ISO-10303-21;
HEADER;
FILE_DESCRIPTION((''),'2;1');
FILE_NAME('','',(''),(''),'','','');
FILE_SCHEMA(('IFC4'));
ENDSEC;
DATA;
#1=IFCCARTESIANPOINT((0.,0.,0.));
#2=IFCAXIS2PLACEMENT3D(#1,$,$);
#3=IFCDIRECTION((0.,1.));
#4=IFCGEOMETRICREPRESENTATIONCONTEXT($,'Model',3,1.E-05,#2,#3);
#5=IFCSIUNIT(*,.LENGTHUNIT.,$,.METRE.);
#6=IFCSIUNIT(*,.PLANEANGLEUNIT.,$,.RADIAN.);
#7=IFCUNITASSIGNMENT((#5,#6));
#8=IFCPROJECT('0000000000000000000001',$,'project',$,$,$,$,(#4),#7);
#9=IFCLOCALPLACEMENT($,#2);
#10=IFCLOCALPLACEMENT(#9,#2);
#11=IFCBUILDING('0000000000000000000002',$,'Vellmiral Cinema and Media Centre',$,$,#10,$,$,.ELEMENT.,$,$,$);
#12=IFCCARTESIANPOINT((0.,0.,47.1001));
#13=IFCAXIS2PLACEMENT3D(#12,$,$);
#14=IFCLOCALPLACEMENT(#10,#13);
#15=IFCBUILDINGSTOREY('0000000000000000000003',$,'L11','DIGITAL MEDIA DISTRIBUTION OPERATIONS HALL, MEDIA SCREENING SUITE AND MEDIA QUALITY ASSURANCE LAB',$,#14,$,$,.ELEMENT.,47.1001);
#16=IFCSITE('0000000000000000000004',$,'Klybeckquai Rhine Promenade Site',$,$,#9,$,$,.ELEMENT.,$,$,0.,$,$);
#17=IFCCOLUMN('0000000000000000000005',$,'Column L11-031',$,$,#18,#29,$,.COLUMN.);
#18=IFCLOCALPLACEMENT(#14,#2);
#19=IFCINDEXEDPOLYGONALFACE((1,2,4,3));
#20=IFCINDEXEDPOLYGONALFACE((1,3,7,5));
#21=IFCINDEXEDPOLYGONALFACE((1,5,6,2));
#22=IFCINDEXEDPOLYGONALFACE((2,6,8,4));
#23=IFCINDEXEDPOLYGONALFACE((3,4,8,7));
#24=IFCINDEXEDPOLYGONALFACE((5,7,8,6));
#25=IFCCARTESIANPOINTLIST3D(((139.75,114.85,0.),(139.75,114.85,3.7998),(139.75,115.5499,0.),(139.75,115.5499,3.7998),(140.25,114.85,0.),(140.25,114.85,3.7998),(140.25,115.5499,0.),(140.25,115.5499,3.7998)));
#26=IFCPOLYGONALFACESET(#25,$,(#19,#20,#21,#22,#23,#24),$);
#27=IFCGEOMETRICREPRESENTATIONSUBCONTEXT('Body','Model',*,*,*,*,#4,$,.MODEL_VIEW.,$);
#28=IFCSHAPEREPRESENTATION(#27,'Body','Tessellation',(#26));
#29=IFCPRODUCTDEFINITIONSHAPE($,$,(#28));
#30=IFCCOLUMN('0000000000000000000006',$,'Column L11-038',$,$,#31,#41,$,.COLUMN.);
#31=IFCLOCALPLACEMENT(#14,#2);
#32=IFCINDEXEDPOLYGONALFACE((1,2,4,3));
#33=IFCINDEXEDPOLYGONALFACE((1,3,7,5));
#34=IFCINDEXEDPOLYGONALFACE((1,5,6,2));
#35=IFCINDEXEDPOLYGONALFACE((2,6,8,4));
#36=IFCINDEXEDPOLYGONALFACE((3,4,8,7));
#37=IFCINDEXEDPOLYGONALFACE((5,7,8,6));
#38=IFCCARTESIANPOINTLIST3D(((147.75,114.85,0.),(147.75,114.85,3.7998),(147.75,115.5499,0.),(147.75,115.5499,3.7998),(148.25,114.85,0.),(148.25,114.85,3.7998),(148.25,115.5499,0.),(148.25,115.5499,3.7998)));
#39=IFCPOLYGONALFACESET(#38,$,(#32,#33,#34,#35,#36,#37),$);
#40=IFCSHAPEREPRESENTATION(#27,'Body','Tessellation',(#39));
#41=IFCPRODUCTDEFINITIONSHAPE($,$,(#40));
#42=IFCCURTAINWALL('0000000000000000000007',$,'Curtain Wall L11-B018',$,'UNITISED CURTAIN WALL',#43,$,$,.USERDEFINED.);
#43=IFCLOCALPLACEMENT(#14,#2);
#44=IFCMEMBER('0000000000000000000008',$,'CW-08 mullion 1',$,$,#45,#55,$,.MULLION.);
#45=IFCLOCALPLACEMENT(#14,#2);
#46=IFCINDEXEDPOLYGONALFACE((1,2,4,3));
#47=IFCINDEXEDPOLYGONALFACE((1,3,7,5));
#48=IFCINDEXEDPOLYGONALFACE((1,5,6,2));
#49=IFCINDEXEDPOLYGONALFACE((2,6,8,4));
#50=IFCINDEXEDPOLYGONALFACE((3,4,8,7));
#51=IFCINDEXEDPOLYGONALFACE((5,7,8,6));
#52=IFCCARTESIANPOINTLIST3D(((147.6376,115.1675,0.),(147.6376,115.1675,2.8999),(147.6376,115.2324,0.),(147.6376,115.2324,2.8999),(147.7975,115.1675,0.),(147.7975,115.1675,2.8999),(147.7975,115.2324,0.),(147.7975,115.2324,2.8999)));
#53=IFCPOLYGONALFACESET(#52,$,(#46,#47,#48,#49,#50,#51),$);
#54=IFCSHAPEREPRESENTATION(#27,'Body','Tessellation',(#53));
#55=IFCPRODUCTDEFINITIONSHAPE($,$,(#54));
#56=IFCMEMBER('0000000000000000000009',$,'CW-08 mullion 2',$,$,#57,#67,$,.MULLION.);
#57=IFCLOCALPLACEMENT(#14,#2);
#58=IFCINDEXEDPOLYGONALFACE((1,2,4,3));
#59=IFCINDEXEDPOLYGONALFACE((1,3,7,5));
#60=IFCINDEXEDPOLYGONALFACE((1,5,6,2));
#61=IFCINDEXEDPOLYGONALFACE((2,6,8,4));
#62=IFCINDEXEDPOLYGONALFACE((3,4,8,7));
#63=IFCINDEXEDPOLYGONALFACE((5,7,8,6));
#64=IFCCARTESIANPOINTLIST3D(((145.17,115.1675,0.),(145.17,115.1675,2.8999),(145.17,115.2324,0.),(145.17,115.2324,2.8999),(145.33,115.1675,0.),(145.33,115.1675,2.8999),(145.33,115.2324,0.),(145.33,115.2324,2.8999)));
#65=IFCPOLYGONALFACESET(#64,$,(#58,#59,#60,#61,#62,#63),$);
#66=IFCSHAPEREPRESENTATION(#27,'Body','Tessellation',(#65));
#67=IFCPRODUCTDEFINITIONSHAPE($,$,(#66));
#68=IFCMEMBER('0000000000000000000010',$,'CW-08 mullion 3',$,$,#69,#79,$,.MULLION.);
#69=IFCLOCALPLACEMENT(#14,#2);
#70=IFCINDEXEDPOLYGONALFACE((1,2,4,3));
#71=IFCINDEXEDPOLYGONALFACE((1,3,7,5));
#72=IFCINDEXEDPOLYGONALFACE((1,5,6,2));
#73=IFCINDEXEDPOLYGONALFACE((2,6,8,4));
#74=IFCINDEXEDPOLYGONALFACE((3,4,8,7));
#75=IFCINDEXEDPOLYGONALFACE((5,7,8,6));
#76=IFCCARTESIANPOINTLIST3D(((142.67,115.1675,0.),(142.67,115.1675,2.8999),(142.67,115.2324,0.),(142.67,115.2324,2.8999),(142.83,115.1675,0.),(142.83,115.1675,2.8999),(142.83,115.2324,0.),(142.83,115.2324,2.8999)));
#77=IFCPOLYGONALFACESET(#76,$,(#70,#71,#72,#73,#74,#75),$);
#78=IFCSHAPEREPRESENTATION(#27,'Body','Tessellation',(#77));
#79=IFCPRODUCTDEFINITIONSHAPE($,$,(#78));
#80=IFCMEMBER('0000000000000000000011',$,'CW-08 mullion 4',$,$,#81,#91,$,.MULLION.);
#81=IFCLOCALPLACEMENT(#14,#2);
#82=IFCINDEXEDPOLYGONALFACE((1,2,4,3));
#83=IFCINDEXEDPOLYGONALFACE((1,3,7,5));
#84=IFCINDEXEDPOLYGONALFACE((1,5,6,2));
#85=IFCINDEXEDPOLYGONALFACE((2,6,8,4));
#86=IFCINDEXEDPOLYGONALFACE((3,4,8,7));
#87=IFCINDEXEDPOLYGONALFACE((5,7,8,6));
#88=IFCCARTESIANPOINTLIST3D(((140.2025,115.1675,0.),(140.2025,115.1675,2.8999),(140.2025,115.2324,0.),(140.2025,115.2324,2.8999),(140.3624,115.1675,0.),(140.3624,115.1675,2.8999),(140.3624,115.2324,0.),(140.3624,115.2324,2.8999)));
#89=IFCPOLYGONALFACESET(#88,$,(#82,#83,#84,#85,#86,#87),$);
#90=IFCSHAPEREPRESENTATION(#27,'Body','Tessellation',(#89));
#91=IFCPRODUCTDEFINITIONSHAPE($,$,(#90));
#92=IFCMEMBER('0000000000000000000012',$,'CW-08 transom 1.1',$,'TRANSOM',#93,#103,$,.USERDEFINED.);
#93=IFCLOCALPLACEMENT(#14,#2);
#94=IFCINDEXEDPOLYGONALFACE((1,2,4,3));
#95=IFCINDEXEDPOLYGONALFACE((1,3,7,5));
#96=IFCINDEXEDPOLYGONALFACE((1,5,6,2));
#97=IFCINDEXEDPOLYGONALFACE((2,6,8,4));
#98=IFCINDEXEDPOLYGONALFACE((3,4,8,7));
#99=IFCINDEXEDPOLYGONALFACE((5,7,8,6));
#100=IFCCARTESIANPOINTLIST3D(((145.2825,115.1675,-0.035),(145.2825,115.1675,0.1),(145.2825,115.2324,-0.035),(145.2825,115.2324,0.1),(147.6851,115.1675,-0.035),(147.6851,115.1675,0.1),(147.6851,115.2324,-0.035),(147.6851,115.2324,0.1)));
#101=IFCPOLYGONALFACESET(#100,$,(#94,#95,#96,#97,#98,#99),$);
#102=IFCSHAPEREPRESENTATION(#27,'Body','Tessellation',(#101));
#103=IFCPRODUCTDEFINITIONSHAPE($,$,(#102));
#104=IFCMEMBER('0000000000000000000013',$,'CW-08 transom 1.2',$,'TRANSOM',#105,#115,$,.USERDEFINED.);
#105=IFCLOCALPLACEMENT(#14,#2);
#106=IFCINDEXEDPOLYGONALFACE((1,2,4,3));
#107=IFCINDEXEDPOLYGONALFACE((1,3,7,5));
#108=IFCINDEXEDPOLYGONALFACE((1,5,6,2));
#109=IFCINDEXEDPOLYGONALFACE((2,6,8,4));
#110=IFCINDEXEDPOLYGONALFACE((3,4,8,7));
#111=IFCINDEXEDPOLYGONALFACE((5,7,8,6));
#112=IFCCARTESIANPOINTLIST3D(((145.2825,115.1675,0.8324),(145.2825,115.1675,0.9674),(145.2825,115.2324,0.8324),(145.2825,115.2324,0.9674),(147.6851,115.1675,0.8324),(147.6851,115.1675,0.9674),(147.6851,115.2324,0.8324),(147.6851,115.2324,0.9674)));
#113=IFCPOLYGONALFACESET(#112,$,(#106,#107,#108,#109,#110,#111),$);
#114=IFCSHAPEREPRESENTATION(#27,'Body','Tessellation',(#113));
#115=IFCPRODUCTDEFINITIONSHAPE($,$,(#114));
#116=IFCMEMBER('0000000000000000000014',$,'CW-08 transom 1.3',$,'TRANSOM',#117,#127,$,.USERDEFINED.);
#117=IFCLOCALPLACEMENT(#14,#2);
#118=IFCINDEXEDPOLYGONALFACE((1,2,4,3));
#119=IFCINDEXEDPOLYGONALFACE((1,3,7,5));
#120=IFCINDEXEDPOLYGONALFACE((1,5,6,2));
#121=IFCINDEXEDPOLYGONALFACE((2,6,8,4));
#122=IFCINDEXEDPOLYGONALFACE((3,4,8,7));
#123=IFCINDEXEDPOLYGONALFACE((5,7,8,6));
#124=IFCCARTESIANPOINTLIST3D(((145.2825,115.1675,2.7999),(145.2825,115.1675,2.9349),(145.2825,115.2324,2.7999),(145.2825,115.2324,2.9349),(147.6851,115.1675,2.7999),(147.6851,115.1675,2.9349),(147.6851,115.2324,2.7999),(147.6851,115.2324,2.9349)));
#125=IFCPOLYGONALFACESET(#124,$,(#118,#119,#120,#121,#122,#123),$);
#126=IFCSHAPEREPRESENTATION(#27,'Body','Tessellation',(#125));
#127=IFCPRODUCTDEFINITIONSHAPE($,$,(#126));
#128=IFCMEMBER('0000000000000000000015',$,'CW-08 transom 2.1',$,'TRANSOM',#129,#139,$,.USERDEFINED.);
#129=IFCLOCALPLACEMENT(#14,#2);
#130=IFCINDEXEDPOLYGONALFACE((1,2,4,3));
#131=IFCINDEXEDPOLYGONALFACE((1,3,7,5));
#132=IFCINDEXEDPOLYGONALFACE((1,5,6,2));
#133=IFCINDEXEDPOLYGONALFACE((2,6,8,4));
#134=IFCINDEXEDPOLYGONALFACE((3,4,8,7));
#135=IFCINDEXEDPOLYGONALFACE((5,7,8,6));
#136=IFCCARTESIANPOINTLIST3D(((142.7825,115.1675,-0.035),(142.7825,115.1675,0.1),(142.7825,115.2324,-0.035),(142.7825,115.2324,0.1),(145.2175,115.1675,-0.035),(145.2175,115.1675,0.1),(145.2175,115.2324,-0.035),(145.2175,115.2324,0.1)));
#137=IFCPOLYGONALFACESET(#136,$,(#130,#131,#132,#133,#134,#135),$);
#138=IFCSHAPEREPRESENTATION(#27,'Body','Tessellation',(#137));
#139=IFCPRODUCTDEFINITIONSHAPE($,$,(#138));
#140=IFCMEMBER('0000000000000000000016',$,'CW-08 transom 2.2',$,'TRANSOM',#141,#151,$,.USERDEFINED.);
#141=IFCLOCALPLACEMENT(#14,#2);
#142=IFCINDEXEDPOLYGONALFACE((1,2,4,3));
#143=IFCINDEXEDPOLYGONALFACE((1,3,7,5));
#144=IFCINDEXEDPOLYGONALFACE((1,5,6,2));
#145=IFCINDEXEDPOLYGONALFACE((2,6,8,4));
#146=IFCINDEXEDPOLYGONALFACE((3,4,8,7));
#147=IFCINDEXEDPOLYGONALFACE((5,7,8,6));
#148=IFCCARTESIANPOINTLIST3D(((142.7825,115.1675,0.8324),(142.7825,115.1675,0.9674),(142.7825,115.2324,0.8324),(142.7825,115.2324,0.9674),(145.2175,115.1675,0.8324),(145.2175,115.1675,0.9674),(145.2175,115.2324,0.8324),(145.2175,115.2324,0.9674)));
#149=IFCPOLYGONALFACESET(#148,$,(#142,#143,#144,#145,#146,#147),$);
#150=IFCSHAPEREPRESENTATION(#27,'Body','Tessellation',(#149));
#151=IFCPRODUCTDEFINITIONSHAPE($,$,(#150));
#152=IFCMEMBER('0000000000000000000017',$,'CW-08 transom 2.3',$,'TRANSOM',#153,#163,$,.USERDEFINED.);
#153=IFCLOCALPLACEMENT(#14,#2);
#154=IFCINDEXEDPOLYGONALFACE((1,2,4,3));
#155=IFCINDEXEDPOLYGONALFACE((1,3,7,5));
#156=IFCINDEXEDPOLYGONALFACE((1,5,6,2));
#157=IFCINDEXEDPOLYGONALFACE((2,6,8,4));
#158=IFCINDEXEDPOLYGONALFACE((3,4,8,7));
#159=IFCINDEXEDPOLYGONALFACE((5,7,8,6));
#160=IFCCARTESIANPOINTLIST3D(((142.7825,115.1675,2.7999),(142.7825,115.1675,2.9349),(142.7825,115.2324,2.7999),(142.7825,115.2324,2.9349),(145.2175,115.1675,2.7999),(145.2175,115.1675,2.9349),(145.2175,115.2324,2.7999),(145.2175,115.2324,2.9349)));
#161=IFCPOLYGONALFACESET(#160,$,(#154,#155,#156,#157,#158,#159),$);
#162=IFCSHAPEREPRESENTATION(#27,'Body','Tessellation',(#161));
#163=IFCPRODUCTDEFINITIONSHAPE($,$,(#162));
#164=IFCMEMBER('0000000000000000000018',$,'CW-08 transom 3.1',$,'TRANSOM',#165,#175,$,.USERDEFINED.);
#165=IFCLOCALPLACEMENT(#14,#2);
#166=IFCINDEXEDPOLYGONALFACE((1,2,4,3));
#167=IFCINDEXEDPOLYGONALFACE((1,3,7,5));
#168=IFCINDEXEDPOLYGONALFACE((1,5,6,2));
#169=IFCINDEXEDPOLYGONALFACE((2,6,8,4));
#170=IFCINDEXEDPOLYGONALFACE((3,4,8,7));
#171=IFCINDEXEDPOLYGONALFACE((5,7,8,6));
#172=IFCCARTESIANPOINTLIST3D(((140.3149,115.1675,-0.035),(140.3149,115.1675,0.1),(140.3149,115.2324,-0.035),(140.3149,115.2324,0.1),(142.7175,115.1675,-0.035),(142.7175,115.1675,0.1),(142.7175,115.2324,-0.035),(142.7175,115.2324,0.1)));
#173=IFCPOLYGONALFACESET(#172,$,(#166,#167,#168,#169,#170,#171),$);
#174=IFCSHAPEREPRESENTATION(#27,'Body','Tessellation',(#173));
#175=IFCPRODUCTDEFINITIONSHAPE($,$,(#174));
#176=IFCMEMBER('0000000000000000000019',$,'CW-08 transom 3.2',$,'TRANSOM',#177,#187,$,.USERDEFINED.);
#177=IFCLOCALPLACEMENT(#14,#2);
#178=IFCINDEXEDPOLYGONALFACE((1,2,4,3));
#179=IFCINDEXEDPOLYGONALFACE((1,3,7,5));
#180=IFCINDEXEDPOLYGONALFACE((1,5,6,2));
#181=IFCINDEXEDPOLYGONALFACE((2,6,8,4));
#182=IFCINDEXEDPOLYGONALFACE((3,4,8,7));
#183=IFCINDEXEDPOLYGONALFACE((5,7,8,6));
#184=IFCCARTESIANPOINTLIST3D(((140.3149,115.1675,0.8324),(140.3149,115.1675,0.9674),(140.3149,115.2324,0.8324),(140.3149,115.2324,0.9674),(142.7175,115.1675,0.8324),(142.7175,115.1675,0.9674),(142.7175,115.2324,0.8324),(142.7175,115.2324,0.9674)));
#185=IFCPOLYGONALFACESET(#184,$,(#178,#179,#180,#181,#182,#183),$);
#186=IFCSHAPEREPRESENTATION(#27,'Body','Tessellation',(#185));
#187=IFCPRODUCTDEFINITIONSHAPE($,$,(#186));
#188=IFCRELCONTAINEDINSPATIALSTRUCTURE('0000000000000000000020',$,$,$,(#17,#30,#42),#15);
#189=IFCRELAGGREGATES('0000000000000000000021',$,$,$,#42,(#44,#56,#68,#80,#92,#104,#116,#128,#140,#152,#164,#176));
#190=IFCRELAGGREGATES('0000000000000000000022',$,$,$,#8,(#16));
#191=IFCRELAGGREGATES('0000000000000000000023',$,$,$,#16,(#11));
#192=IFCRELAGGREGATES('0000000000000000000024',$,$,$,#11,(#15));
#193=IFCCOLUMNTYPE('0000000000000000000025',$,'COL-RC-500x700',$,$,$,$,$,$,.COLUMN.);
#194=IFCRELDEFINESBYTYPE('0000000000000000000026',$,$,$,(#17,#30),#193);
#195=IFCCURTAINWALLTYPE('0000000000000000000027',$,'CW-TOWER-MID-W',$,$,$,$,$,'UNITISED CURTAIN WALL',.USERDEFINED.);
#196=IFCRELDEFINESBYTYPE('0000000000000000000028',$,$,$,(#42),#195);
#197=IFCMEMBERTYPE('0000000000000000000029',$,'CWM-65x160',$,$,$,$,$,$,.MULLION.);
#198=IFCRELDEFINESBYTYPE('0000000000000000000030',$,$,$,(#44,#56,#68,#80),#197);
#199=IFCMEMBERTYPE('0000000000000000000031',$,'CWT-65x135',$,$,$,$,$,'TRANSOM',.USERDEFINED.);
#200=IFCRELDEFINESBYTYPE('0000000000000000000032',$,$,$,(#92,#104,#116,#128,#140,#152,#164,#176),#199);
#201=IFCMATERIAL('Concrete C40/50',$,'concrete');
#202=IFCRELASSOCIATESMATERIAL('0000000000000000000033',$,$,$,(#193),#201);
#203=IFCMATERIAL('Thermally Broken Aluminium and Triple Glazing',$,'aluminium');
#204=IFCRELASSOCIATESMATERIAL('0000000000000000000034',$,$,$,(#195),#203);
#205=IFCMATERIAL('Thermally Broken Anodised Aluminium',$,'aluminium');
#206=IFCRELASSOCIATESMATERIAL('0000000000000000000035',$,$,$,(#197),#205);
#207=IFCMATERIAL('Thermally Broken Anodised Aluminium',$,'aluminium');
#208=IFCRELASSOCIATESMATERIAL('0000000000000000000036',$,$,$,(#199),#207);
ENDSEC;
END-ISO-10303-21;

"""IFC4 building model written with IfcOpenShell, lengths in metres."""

from ifc_helpers import new_model, si_unit, direction, frame, origin, origin_2d, place, context, subcontext, project, spatial, rectangle, extrude, material, material_profile, profile_set, type_object, element, aggregate, save


model = new_model("IFC4")

# Units and contexts
model_context = context("Model", 3, precision=1e-05, world=origin(), true_north=direction((0.0, 1.0)))
body_context = subcontext(model_context, "Body", "Model", "MODEL_VIEW")
ifc_project = project(units=[si_unit("LENGTHUNIT", "METRE"), si_unit("PLANEANGLEUNIT", "RADIAN")], contexts=[model_context])

# Site, building, storey
site_placement = place(None, origin())
site = spatial("IfcSite", under=ifc_project, at=site_placement, Name="Klybeckquai Rhine Promenade Site", CompositionType="ELEMENT", RefElevation=0.0)
building_placement = place(site_placement, origin())
building = spatial("IfcBuilding", under=site, at=building_placement, Name="Vellmiral Cinema and Media Centre", CompositionType="ELEMENT")
storey_placement = place(building_placement, frame((0.0, 0.0, 47.1001)))
storey = spatial("IfcBuildingStorey", under=building, at=storey_placement, Name="L11", Description="DIGITAL MEDIA DISTRIBUTION OPERATIONS HALL, MEDIA SCREENING SUITE AND MEDIA QUALITY ASSURANCE LAB", CompositionType="ELEMENT", Elevation=47.1001)

# Columns
ifc_material_1 = material(Name="Concrete C40/50", Category="concrete")
ifc_material_profile_1 = material_profile(ifc_material_1, rectangle(XDim=0.5, YDim=0.7, at=origin_2d()), Name="RC 500x700")
ifc_profile_set_1 = profile_set([ifc_material_profile_1], Name="Concrete C40/50")
column_type = type_object("IfcColumnType", Name="COL-RC-500x700", PredefinedType="COLUMN", material=ifc_profile_set_1)
for number, where, z_axis, x_axis, name in (
    (1, (140.0, 115.2, 0.0), (0.0, 0.0, 1.0), (1.0, 0.0, 0.0), "Column L11-031"),
    (2, (148.0, 115.2, 0.0), (0.0, 0.0, 1.0), (1.0, 0.0, 0.0), "Column L11-038"),
):
    element("IfcColumn", number, at=place(storey_placement, frame(where, z_axis=z_axis, x_axis=x_axis)), inside=storey, type_object=column_type, Name=name, PredefinedType="COLUMN", context=body_context, shape_type="SweptSolid", body=[
        extrude(rectangle(XDim=0.5, YDim=0.7, at=origin_2d()), origin(), (0.0, 0.0, 1.0), 3.7998),
    ])

# Curtain wall, members
ifc_material_2 = material(Name="Thermally Broken Aluminium and Triple Glazing", Category="aluminium")
curtain_wall_type = type_object("IfcCurtainWallType", Name="CW-TOWER-MID-W", ElementType="UNITISED CURTAIN WALL", PredefinedType="USERDEFINED", material=ifc_material_2)
curtain_wall_placement = place(storey_placement, origin())
curtain_wall = element("IfcCurtainWall", 3, at=curtain_wall_placement, inside=storey, type_object=curtain_wall_type, Name="Curtain Wall L11-B018", ObjectType="UNITISED CURTAIN WALL", PredefinedType="USERDEFINED")
ifc_material_3 = material(Name="Thermally Broken Anodised Aluminium", Category="aluminium")
ifc_material_profile_2 = material_profile(ifc_material_3, rectangle(XDim=0.0649, YDim=0.1599, at=origin_2d()), Name="MULL 65x160")
ifc_profile_set_2 = profile_set([ifc_material_profile_2], Name="Thermally Broken Anodised Aluminium")
member_type_1 = type_object("IfcMemberType", Name="CWM-65x160", PredefinedType="MULLION", material=ifc_profile_set_2)
member_1_placement = place(storey_placement, frame((147.7175, 115.2, 0.0), z_axis=(0.0, 0.0, 1.0), x_axis=(0.0, -1.0, 0.0)))
member_1 = element("IfcMember", 4, at=member_1_placement, type_object=member_type_1, Name="CW-08 mullion 1", PredefinedType="MULLION", context=body_context, shape_type="SweptSolid", body=[
    extrude(rectangle(XDim=0.0649, YDim=0.1599, at=origin_2d()), origin(), (0.0, 0.0, 1.0), 2.8999),
])
member_2_placement = place(storey_placement, frame((145.25, 115.2, 0.0), z_axis=(0.0, 0.0, 1.0), x_axis=(0.0, -1.0, 0.0)))
member_2 = element("IfcMember", 5, at=member_2_placement, type_object=member_type_1, Name="CW-08 mullion 2", PredefinedType="MULLION", context=body_context, shape_type="SweptSolid", body=[
    extrude(rectangle(XDim=0.0649, YDim=0.1599, at=origin_2d()), origin(), (0.0, 0.0, 1.0), 2.8999),
])
member_3_placement = place(storey_placement, frame((142.75, 115.2, 0.0), z_axis=(0.0, 0.0, 1.0), x_axis=(0.0, -1.0, 0.0)))
member_3 = element("IfcMember", 6, at=member_3_placement, type_object=member_type_1, Name="CW-08 mullion 3", PredefinedType="MULLION", context=body_context, shape_type="SweptSolid", body=[
    extrude(rectangle(XDim=0.0649, YDim=0.1599, at=origin_2d()), origin(), (0.0, 0.0, 1.0), 2.8999),
])
member_4_placement = place(storey_placement, frame((140.2825, 115.2, 0.0), z_axis=(0.0, 0.0, 1.0), x_axis=(0.0, -1.0, 0.0)))
member_4 = element("IfcMember", 7, at=member_4_placement, type_object=member_type_1, Name="CW-08 mullion 4", PredefinedType="MULLION", context=body_context, shape_type="SweptSolid", body=[
    extrude(rectangle(XDim=0.0649, YDim=0.1599, at=origin_2d()), origin(), (0.0, 0.0, 1.0), 2.8999),
])
ifc_material_4 = material(Name="Thermally Broken Anodised Aluminium", Category="aluminium")
ifc_material_profile_3 = material_profile(ifc_material_4, rectangle(XDim=0.0649, YDim=0.135, at=origin_2d()), Name="MULL 65x135")
ifc_profile_set_3 = profile_set([ifc_material_profile_3], Name="Thermally Broken Anodised Aluminium")
member_type_2 = type_object("IfcMemberType", Name="CWT-65x135", ElementType="TRANSOM", PredefinedType="USERDEFINED", material=ifc_profile_set_3)
member_5_placement = place(storey_placement, frame((147.6851, 115.2, 0.0325), z_axis=(-1.0, 0.0, 0.0), x_axis=(0.0, -1.0, 0.0)))
member_5 = element("IfcMember", 8, at=member_5_placement, type_object=member_type_2, Name="CW-08 transom 1.1", ObjectType="TRANSOM", PredefinedType="USERDEFINED", context=body_context, shape_type="SweptSolid", body=[
    extrude(rectangle(XDim=0.0649, YDim=0.135, at=origin_2d()), origin(), (0.0, 0.0, 1.0), 2.4026),
])
member_6_placement = place(storey_placement, frame((147.6851, 115.2, 0.8999), z_axis=(-1.0, 0.0, 0.0), x_axis=(0.0, -1.0, 0.0)))
member_6 = element("IfcMember", 9, at=member_6_placement, type_object=member_type_2, Name="CW-08 transom 1.2", ObjectType="TRANSOM", PredefinedType="USERDEFINED", context=body_context, shape_type="SweptSolid", body=[
    extrude(rectangle(XDim=0.0649, YDim=0.135, at=origin_2d()), origin(), (0.0, 0.0, 1.0), 2.4026),
])
member_7_placement = place(storey_placement, frame((147.6851, 115.2, 2.8674), z_axis=(-1.0, 0.0, 0.0), x_axis=(0.0, -1.0, 0.0)))
member_7 = element("IfcMember", 10, at=member_7_placement, type_object=member_type_2, Name="CW-08 transom 1.3", ObjectType="TRANSOM", PredefinedType="USERDEFINED", context=body_context, shape_type="SweptSolid", body=[
    extrude(rectangle(XDim=0.0649, YDim=0.135, at=origin_2d()), origin(), (0.0, 0.0, 1.0), 2.4026),
])
member_8_placement = place(storey_placement, frame((145.2175, 115.2, 0.0325), z_axis=(-1.0, 0.0, 0.0), x_axis=(0.0, -1.0, 0.0)))
member_8 = element("IfcMember", 11, at=member_8_placement, type_object=member_type_2, Name="CW-08 transom 2.1", ObjectType="TRANSOM", PredefinedType="USERDEFINED", context=body_context, shape_type="SweptSolid", body=[
    extrude(rectangle(XDim=0.0649, YDim=0.135, at=origin_2d()), origin(), (0.0, 0.0, 1.0), 2.4351),
])
member_9_placement = place(storey_placement, frame((145.2175, 115.2, 0.8999), z_axis=(-1.0, 0.0, 0.0), x_axis=(0.0, -1.0, 0.0)))
member_9 = element("IfcMember", 12, at=member_9_placement, type_object=member_type_2, Name="CW-08 transom 2.2", ObjectType="TRANSOM", PredefinedType="USERDEFINED", context=body_context, shape_type="SweptSolid", body=[
    extrude(rectangle(XDim=0.0649, YDim=0.135, at=origin_2d()), origin(), (0.0, 0.0, 1.0), 2.4351),
])
member_10_placement = place(storey_placement, frame((145.2175, 115.2, 2.8674), z_axis=(-1.0, 0.0, 0.0), x_axis=(0.0, -1.0, 0.0)))
member_10 = element("IfcMember", 13, at=member_10_placement, type_object=member_type_2, Name="CW-08 transom 2.3", ObjectType="TRANSOM", PredefinedType="USERDEFINED", context=body_context, shape_type="SweptSolid", body=[
    extrude(rectangle(XDim=0.0649, YDim=0.135, at=origin_2d()), origin(), (0.0, 0.0, 1.0), 2.4351),
])
member_11_placement = place(storey_placement, frame((142.7175, 115.2, 0.0325), z_axis=(-1.0, 0.0, 0.0), x_axis=(0.0, -1.0, 0.0)))
member_11 = element("IfcMember", 14, at=member_11_placement, type_object=member_type_2, Name="CW-08 transom 3.1", ObjectType="TRANSOM", PredefinedType="USERDEFINED", context=body_context, shape_type="SweptSolid", body=[
    extrude(rectangle(XDim=0.0649, YDim=0.135, at=origin_2d()), origin(), (0.0, 0.0, 1.0), 2.4026),
])
member_12_placement = place(storey_placement, frame((142.7175, 115.2, 0.8999), z_axis=(-1.0, 0.0, 0.0), x_axis=(0.0, -1.0, 0.0)))
member_12 = element("IfcMember", 15, at=member_12_placement, type_object=member_type_2, Name="CW-08 transom 3.2", ObjectType="TRANSOM", PredefinedType="USERDEFINED", context=body_context, shape_type="SweptSolid", body=[
    extrude(rectangle(XDim=0.0649, YDim=0.135, at=origin_2d()), origin(), (0.0, 0.0, 1.0), 2.4026),
])

aggregate(curtain_wall, [member_1, member_2, member_3, member_4, member_5, member_6, member_7, member_8, member_9, member_10, member_11, member_12])

save(model, "model.ifc")
